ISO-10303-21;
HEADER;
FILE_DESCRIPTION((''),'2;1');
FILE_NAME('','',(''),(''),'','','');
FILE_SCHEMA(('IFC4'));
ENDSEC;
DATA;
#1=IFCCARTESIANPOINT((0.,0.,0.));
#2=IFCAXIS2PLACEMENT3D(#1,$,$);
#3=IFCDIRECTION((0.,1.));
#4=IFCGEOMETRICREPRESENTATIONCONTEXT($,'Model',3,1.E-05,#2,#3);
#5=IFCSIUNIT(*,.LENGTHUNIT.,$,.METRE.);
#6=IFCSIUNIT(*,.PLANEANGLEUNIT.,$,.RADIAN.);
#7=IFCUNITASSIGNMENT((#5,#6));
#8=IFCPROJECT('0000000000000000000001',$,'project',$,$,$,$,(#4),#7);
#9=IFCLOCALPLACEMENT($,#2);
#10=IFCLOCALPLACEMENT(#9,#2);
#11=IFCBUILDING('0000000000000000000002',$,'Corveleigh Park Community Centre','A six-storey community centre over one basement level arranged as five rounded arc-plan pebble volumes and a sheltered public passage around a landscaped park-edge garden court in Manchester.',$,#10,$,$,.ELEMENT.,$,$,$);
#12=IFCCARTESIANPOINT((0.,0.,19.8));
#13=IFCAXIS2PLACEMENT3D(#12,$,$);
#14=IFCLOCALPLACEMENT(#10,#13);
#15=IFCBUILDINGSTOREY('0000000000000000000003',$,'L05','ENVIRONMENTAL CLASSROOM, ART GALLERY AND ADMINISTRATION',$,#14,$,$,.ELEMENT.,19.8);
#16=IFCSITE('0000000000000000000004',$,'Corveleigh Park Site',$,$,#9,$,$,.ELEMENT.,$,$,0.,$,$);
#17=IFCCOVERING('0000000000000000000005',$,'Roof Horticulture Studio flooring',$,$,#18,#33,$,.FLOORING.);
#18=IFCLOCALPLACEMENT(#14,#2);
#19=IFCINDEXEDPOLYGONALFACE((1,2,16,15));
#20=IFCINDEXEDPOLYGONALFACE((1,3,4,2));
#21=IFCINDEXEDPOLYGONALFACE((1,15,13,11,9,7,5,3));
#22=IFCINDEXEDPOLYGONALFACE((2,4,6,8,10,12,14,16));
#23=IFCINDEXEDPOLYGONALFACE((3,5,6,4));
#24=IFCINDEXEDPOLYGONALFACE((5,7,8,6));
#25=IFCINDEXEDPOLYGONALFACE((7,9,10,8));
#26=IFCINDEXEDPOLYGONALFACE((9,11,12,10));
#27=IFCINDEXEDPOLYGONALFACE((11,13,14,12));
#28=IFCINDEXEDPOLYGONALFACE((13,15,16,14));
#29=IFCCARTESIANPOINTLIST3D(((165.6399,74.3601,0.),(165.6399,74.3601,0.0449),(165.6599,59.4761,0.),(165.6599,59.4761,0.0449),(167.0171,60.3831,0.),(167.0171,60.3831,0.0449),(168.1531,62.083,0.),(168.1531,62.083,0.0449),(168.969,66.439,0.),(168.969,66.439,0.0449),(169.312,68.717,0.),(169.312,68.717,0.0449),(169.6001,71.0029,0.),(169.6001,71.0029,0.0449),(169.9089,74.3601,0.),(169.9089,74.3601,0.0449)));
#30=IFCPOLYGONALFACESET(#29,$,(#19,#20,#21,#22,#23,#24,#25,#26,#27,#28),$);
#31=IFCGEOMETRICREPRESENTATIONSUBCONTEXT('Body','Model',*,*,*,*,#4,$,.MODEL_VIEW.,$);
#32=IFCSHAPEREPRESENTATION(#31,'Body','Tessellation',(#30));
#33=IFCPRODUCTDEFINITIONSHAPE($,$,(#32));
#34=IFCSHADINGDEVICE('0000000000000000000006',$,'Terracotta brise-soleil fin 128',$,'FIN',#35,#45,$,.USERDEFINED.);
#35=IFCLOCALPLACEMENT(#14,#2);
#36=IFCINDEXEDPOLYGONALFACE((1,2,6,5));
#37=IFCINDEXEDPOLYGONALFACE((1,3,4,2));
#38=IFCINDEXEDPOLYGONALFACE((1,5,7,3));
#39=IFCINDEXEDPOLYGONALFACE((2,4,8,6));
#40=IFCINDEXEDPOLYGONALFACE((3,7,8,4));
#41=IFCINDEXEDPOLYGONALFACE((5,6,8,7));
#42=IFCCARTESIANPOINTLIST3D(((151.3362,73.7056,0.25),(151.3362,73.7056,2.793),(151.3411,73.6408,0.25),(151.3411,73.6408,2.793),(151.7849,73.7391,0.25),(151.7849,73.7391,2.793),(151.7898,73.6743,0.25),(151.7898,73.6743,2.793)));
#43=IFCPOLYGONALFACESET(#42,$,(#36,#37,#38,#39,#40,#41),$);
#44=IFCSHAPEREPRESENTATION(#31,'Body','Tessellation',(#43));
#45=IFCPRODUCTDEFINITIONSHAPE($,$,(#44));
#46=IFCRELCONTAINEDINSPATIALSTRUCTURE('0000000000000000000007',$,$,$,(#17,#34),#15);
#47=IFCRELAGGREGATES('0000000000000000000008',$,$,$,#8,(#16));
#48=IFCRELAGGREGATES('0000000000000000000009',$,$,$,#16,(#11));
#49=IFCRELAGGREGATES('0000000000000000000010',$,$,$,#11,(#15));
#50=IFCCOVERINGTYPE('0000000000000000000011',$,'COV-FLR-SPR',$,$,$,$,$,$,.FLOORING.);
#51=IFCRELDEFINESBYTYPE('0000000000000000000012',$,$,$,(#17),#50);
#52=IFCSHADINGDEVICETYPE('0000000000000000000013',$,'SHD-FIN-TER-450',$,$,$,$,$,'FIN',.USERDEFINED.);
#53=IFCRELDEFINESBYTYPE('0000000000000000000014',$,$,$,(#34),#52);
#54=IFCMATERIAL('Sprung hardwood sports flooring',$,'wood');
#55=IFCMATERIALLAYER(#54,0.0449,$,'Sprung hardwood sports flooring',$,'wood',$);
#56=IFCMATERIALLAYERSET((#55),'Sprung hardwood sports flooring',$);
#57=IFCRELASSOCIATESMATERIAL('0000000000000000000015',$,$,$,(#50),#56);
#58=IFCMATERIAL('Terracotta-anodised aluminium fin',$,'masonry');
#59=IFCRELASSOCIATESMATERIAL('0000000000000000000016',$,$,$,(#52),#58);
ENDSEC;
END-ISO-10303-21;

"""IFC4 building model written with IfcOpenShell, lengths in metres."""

from ifc_helpers import new_model, si_unit, direction, frame, origin, origin_2d, place, context, subcontext, project, spatial, polyline, rectangle, outline, extrude, material, layer, layer_set, type_object, element, save


model = new_model("IFC4")

# Units and contexts
model_context = context("Model", 3, precision=1e-05, world=origin(), true_north=direction((0.0, 1.0)))
body_context = subcontext(model_context, "Body", "Model", "MODEL_VIEW")
ifc_project = project(units=[si_unit("LENGTHUNIT", "METRE"), si_unit("PLANEANGLEUNIT", "RADIAN")], contexts=[model_context])

# Site, building, storey
site_placement = place(None, origin())
site = spatial("IfcSite", under=ifc_project, at=site_placement, Name="Corveleigh Park Site", CompositionType="ELEMENT", RefElevation=0.0)
building_placement = place(site_placement, origin())
building = spatial("IfcBuilding", under=site, at=building_placement, Name="Corveleigh Park Community Centre", Description="A six-storey community centre over one basement level arranged as five rounded arc-plan pebble volumes and a sheltered public passage around a landscaped park-edge garden court in Manchester.", CompositionType="ELEMENT")
storey_placement = place(building_placement, frame((0.0, 0.0, 19.8)))
storey = spatial("IfcBuildingStorey", under=building, at=storey_placement, Name="L05", Description="ENVIRONMENTAL CLASSROOM, ART GALLERY AND ADMINISTRATION", CompositionType="ELEMENT", Elevation=19.8)

# Covering
ifc_material_1 = material(Name="Sprung hardwood sports flooring", Category="wood")
ifc_layer_1 = layer(ifc_material_1, 0.0449, Name="Sprung hardwood sports flooring", Category="wood")
ifc_layer_set_1 = layer_set([ifc_layer_1], Name="Sprung hardwood sports flooring")
covering_type_1 = type_object("IfcCoveringType", Name="COV-FLR-SPR", PredefinedType="FLOORING", material=ifc_layer_set_1)
covering_1_placement = place(storey_placement, origin())
element("IfcCovering", 1, at=covering_1_placement, inside=storey, type_object=covering_type_1, Name="Roof Horticulture Studio flooring", PredefinedType="FLOORING", context=body_context, shape_type="SweptSolid", body=[
    extrude(outline(polyline([(165.6599, 59.4761), (165.6399, 74.3601), (169.9089, 74.3601), (169.6001, 71.0029), (169.312, 68.717), (168.969, 66.439), (168.1531, 62.083), (167.0171, 60.3831), (165.6599, 59.4761)])), origin(), (0.0, 0.0, 1.0), 0.0449),
])

# Shading device
ifc_material_2 = material(Name="Terracotta-anodised aluminium fin", Category="masonry")
shading_device_type = type_object("IfcShadingDeviceType", Name="SHD-FIN-TER-450", ElementType="FIN", PredefinedType="USERDEFINED", material=ifc_material_2)
shading_device_placement = place(storey_placement, frame((151.563, 73.6899, 0.25), z_axis=(0.0, 0.0, 1.0), x_axis=(-0.997228, -0.074401, 0.0)))
element("IfcShadingDevice", 2, at=shading_device_placement, inside=storey, type_object=shading_device_type, Name="Terracotta brise-soleil fin 128", ObjectType="FIN", PredefinedType="USERDEFINED", context=body_context, shape_type="SweptSolid", body=[
    extrude(rectangle(XDim=0.45, YDim=0.0649, at=origin_2d()), origin(), (0.0, 0.0, 1.0), 2.543),
])

save(model, "model.ifc")
